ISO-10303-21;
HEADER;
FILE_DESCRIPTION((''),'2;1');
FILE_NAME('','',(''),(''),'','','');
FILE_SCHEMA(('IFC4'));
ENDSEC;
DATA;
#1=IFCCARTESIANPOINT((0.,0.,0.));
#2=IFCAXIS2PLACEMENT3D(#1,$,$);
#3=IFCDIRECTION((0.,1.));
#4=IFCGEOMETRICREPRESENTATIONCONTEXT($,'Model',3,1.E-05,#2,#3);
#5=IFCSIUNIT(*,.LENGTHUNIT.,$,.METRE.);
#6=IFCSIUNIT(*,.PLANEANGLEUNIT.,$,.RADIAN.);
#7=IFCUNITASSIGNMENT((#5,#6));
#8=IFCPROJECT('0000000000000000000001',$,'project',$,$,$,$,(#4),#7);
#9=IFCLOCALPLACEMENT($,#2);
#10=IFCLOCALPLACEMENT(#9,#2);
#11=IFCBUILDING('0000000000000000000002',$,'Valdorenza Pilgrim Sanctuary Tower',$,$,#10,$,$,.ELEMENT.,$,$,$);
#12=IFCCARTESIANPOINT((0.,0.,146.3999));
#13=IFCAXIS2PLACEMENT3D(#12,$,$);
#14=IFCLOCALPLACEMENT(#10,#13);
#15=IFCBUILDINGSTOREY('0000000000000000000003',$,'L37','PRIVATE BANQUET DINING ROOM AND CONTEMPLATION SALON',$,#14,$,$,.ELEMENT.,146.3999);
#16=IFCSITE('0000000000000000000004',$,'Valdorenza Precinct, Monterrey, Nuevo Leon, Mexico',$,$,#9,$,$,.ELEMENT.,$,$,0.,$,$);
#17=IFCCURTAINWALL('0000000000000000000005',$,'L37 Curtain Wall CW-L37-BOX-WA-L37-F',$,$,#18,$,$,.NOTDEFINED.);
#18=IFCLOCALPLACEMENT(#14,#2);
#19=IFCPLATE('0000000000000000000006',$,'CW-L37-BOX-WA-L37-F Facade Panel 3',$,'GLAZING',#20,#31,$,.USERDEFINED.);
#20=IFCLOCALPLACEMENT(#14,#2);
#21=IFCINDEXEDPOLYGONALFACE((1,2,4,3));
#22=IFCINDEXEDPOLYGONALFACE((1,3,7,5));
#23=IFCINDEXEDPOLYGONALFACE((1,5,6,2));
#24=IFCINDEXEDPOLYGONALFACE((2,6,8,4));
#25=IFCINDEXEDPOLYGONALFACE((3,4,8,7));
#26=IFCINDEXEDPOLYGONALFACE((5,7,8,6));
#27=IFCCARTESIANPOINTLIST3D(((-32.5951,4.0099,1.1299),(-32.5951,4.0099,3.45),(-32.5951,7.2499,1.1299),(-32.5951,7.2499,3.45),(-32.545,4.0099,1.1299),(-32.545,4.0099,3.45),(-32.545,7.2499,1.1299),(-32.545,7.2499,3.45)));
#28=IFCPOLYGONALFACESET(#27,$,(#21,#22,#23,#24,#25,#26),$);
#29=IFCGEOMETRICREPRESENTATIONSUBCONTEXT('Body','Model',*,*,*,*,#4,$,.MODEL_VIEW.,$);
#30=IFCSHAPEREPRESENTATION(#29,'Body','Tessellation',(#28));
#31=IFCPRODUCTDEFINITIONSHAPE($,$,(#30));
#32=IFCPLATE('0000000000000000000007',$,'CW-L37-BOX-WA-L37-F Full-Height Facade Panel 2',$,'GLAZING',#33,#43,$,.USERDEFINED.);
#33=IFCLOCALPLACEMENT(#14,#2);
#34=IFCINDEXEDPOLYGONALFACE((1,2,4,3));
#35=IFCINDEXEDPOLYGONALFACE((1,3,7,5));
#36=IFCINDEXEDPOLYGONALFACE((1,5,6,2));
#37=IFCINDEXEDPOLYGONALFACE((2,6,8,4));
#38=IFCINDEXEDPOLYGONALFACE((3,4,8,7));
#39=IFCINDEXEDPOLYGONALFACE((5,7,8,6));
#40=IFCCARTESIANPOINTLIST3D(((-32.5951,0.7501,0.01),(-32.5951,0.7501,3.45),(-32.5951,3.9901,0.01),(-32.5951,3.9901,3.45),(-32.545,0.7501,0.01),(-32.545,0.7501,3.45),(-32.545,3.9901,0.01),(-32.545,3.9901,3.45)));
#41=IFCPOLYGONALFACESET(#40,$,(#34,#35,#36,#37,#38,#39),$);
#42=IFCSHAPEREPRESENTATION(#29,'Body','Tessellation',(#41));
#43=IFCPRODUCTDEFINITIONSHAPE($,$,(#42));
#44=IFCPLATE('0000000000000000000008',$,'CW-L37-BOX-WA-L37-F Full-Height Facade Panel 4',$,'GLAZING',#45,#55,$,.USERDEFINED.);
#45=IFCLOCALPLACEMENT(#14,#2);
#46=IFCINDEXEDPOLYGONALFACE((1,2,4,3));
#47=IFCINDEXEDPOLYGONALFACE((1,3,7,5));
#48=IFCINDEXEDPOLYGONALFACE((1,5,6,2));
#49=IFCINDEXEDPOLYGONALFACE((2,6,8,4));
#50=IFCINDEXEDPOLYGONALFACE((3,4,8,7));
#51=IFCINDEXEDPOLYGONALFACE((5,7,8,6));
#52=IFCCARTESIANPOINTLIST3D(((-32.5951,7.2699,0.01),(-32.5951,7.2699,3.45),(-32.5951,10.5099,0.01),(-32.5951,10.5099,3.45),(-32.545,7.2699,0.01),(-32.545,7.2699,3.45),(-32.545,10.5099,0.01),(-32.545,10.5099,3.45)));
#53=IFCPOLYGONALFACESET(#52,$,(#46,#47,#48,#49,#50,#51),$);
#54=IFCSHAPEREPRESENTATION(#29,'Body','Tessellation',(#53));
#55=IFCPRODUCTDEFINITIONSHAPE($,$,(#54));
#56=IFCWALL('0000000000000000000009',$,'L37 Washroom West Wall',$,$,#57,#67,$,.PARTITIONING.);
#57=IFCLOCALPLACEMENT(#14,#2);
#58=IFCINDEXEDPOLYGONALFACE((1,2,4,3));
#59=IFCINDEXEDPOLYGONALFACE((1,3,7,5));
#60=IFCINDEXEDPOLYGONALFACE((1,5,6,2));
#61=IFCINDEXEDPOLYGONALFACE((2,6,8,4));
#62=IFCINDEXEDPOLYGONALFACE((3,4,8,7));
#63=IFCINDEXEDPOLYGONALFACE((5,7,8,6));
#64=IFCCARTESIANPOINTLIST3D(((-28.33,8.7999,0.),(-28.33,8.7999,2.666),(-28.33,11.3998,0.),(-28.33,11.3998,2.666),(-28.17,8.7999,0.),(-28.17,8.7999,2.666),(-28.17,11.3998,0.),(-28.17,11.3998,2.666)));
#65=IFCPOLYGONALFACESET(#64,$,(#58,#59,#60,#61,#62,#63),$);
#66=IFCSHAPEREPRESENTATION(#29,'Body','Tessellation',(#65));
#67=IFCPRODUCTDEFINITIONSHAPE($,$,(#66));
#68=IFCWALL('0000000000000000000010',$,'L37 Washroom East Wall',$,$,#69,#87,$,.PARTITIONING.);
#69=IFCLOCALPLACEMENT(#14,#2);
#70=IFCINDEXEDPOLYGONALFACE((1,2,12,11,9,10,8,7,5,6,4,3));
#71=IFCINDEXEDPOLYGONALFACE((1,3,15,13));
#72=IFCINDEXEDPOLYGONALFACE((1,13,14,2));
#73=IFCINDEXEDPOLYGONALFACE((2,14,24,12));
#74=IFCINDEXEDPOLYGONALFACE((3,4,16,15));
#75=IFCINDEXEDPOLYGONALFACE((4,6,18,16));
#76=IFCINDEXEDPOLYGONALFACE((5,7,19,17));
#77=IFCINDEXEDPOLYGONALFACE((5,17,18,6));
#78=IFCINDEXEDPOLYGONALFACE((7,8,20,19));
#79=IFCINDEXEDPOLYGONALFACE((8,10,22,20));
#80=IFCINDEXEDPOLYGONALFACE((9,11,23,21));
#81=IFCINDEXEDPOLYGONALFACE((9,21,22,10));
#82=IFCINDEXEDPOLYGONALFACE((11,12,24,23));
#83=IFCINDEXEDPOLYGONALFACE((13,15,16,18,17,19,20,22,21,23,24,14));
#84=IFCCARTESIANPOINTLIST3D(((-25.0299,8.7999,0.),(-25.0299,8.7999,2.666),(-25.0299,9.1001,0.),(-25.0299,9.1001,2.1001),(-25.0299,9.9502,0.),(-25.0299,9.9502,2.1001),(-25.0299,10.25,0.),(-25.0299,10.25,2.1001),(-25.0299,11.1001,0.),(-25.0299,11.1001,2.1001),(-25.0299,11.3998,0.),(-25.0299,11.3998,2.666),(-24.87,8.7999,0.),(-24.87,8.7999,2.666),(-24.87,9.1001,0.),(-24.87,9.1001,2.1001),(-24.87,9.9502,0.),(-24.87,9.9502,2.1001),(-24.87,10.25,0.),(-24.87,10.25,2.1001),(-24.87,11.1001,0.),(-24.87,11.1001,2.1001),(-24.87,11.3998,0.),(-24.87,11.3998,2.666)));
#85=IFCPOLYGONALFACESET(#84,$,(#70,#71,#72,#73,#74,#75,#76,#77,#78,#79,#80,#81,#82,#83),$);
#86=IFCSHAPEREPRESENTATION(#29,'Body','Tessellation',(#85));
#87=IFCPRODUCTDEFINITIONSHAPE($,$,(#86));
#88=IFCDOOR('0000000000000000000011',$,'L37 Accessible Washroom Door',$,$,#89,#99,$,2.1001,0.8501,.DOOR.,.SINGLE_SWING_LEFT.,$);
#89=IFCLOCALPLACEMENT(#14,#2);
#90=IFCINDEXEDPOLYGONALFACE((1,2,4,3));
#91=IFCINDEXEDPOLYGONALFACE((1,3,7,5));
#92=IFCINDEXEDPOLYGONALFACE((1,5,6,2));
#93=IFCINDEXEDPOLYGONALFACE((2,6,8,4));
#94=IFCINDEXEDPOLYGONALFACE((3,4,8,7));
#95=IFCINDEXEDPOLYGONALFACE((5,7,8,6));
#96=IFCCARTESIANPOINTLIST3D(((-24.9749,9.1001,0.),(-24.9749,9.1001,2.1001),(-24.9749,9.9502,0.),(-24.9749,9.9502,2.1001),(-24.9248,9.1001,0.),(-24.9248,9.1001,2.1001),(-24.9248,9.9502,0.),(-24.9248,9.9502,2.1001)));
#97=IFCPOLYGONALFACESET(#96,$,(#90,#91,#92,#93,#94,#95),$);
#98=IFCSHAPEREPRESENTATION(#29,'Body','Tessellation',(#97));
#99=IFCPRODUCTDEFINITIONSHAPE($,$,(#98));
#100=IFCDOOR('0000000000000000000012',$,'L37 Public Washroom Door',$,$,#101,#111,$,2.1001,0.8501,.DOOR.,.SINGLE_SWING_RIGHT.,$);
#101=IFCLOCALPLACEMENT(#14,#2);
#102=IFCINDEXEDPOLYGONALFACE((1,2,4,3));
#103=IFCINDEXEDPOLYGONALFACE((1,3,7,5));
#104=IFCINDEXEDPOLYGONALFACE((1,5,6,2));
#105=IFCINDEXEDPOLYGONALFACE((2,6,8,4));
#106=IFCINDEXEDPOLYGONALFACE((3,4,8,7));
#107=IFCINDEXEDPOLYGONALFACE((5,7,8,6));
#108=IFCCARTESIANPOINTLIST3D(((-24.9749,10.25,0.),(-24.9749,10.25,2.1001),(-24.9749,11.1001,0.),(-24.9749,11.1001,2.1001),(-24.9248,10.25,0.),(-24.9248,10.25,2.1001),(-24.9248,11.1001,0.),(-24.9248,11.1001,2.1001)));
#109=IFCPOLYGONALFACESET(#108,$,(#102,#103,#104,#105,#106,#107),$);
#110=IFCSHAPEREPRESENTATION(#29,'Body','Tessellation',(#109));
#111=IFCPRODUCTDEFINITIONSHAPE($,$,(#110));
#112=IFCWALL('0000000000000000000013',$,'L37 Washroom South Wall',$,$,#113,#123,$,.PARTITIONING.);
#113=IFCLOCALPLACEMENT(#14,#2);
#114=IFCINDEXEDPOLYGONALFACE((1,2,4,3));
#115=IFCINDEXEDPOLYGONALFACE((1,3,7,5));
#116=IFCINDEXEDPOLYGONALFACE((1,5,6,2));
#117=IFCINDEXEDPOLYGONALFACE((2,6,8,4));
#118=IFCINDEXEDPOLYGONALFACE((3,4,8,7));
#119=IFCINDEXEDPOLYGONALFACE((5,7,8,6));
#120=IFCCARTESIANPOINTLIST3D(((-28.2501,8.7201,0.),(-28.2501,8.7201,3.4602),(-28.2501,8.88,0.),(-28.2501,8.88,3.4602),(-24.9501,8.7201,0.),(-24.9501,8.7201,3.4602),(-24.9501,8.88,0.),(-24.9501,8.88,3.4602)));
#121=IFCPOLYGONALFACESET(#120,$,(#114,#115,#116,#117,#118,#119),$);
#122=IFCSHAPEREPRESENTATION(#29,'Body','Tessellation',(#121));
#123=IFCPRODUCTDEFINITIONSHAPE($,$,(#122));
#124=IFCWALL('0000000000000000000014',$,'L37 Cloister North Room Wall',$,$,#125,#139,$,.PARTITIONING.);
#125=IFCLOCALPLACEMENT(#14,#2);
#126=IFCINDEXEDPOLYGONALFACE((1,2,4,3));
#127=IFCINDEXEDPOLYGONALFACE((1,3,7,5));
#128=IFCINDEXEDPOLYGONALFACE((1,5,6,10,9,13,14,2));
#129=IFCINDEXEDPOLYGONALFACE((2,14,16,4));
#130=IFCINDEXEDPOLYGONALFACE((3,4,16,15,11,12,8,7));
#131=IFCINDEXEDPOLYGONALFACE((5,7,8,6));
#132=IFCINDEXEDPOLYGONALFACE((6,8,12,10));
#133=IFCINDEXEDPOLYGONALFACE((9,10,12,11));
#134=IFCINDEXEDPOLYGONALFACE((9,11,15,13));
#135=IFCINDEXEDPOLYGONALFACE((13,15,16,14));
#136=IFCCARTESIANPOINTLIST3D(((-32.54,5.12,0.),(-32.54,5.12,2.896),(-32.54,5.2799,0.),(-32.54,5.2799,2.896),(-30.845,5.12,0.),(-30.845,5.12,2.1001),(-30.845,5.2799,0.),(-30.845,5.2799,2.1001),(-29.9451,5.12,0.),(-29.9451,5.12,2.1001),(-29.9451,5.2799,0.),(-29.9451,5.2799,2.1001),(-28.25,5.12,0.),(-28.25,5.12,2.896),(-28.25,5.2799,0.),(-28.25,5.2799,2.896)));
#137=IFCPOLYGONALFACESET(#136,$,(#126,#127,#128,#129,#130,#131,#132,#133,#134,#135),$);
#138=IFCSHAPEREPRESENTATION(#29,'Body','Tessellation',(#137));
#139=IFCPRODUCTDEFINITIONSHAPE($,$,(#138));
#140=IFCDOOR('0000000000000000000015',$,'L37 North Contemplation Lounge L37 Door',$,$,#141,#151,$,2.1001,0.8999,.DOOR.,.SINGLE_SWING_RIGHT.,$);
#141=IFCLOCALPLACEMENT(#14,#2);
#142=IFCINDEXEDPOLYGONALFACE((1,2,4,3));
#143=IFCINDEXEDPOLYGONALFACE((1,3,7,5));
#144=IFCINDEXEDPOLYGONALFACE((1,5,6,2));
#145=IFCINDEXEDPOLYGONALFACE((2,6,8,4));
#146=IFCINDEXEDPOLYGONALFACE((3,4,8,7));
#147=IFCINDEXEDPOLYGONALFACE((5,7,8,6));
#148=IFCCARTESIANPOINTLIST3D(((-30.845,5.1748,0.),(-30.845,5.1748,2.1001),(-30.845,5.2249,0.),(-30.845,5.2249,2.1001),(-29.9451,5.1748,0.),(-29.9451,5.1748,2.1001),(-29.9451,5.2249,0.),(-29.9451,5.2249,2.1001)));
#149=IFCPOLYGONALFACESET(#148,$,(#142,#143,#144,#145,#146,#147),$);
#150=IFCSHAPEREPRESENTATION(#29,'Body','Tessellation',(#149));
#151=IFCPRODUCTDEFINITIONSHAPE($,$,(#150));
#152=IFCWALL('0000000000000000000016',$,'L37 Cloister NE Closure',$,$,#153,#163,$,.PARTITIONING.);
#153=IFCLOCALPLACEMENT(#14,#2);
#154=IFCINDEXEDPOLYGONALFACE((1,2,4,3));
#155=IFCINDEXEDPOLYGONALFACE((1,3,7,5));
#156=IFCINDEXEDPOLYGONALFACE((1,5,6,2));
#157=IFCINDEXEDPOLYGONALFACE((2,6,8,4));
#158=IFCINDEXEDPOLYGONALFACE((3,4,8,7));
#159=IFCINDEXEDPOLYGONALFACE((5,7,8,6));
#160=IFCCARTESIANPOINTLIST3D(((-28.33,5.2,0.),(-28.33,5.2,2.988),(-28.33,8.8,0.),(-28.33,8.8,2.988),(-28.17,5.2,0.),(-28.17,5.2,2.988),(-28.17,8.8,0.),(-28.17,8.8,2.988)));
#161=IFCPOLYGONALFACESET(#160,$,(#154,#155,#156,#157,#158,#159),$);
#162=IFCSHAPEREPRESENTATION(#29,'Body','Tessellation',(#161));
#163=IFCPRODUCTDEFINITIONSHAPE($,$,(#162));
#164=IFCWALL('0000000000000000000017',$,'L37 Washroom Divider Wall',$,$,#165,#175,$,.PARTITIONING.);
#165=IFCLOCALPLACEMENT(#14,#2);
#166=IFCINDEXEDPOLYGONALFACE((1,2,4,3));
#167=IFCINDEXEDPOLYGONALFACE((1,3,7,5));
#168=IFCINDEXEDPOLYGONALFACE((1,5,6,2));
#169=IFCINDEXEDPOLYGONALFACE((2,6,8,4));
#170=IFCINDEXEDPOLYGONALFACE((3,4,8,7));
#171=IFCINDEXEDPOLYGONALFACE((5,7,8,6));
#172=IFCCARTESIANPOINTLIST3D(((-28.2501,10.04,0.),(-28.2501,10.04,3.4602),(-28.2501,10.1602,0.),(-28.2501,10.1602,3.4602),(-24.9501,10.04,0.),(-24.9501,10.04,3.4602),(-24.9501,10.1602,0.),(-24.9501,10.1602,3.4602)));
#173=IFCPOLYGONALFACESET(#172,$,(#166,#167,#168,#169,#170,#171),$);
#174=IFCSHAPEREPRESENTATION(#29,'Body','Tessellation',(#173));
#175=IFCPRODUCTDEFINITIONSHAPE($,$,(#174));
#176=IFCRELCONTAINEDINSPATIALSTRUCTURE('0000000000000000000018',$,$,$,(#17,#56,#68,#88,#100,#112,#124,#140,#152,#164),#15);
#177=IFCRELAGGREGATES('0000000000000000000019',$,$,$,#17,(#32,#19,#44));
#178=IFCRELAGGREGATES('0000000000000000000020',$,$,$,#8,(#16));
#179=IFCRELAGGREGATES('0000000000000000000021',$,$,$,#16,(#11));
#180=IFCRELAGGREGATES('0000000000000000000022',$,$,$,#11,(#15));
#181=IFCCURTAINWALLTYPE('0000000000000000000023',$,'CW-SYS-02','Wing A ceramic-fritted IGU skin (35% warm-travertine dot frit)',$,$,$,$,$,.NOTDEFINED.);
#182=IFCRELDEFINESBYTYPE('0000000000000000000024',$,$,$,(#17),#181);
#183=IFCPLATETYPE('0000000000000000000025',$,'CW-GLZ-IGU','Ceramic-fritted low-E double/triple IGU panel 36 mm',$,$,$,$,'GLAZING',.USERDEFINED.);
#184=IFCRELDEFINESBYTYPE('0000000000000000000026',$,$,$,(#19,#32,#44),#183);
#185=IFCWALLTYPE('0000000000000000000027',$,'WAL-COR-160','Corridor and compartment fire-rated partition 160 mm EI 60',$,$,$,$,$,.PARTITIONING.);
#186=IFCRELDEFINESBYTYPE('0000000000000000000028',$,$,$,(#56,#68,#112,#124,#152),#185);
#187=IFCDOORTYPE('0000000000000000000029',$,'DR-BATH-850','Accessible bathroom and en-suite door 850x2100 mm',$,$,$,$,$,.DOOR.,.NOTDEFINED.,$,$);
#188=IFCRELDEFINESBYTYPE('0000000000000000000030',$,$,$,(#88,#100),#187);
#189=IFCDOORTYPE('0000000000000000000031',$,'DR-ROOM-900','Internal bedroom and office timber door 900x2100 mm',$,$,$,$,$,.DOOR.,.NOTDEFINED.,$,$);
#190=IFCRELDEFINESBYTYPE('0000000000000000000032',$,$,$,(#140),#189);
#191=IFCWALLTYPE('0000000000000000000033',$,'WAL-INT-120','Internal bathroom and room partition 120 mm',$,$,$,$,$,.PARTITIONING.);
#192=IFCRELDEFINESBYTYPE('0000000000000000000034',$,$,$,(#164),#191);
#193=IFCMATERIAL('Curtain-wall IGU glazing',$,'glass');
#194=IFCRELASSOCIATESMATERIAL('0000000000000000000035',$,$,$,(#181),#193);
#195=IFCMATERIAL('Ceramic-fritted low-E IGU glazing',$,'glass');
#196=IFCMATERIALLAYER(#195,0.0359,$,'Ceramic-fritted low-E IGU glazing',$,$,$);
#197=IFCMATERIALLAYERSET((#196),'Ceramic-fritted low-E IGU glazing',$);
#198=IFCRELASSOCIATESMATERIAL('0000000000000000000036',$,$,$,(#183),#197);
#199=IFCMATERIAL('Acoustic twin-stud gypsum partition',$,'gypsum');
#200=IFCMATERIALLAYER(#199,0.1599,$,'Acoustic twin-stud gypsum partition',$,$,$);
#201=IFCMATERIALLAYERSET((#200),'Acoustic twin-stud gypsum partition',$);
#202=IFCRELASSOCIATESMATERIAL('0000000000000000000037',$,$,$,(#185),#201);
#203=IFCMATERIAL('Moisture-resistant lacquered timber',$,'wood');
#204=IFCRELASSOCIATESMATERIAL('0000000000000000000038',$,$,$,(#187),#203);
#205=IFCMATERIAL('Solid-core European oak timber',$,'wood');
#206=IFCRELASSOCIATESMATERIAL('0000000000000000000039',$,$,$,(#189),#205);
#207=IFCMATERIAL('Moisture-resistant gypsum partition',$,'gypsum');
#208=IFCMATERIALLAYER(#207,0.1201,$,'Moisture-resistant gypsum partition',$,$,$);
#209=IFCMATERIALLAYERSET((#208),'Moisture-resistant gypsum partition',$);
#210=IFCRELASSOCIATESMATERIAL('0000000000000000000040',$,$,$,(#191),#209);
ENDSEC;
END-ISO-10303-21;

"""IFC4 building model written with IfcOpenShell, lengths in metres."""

from ifc_helpers import new_model, si_unit, direction, frame, frame_2d, origin, origin_2d, place, context, subcontext, project, spatial, rectangle, extrude, source, transform, mapped, material, layer, layer_set, type_object, element, fill, aggregate, save


model = new_model("IFC4")

# Units and contexts
model_context = context("Model", 3, precision=1e-05, world=origin(), true_north=direction((0.0, 1.0)))
body_context = subcontext(model_context, "Body", "Model", "MODEL_VIEW")
ifc_project = project(units=[si_unit("LENGTHUNIT", "METRE"), si_unit("PLANEANGLEUNIT", "RADIAN")], contexts=[model_context])

# Site, building, storey
site_placement = place(None, origin())
site = spatial("IfcSite", under=ifc_project, at=site_placement, Name="Valdorenza Precinct, Monterrey, Nuevo Leon, Mexico", CompositionType="ELEMENT", RefElevation=0.0)
building_placement = place(site_placement, origin())
building = spatial("IfcBuilding", under=site, at=building_placement, Name="Valdorenza Pilgrim Sanctuary Tower", CompositionType="ELEMENT")
storey_placement = place(building_placement, frame((0.0, 0.0, 146.3999)))
storey = spatial("IfcBuildingStorey", under=building, at=storey_placement, Name="L37", Description="PRIVATE BANQUET DINING ROOM AND CONTEMPLATION SALON", CompositionType="ELEMENT", Elevation=146.3999)

# Shared definitions
ifc_material_1 = material(Name="Curtain-wall IGU glazing", Category="glass")
curtain_wall_type = type_object("IfcCurtainWallType", Name="CW-SYS-02", Description="Wing A ceramic-fritted IGU skin (35% warm-travertine dot frit)", PredefinedType="NOTDEFINED", material=ifc_material_1)

# Curtain wall
curtain_wall_1_placement = place(storey_placement, origin())
curtain_wall_1 = element("IfcCurtainWall", 1, at=curtain_wall_1_placement, inside=storey, type_object=curtain_wall_type, Name="L37 Curtain Wall CW-L37-BOX-WA-L37-F", PredefinedType="NOTDEFINED")

# Plates
ifc_material_2 = material(Name="Ceramic-fritted low-E IGU glazing", Category="glass")
ifc_layer_1 = layer(ifc_material_2, 0.0359, Name="Ceramic-fritted low-E IGU glazing")
ifc_layer_set_1 = layer_set([ifc_layer_1], Name="Ceramic-fritted low-E IGU glazing")
plate_type_1 = type_object("IfcPlateType", Name="CW-GLZ-IGU", Description="Ceramic-fritted low-E double/triple IGU panel 36 mm", ElementType="GLAZING", PredefinedType="USERDEFINED", material=ifc_layer_set_1)
shared_shape_1 = source(origin(), body_context, "Body", "SweptSolid", [
    extrude(rectangle(XDim=3.24, YDim=0.05, at=origin_2d()), origin(), (0.0, 0.0, 1.0), 2.3201),
])
plate_1_placement = place(storey_placement, frame((-32.5701, 5.6299, 1.1299), z_axis=(0.0, 0.0, 1.0), x_axis=(0.0, 1.0, 0.0)))
plate_1 = element("IfcPlate", 2, at=plate_1_placement, type_object=plate_type_1, Name="CW-L37-BOX-WA-L37-F Facade Panel 3", ObjectType="GLAZING", PredefinedType="USERDEFINED", context=body_context, shape_type="MappedRepresentation", body=[
    mapped(shared_shape_1, transform((0.0, 0.0, 0.0), x_axis=(1.0, 0.0, 0.0), y_axis=(0.0, 1.0, 0.0), z_axis=(0.0, 0.0, 1.0), scale=1.0)),
])
shared_shape_2 = source(origin(), body_context, "Body", "SweptSolid", [
    extrude(rectangle(XDim=3.24, YDim=0.05, at=origin_2d()), origin(), (0.0, 0.0, 1.0), 3.4399),
])
plate_2_placement = place(storey_placement, frame((-32.5701, 2.3701, 0.01), z_axis=(0.0, 0.0, 1.0), x_axis=(0.0, 1.0, 0.0)))
plate_2 = element("IfcPlate", 3, at=plate_2_placement, type_object=plate_type_1, Name="CW-L37-BOX-WA-L37-F Full-Height Facade Panel 2", ObjectType="GLAZING", PredefinedType="USERDEFINED", context=body_context, shape_type="MappedRepresentation", body=[
    mapped(shared_shape_2, transform((0.0, 0.0, 0.0), x_axis=(1.0, 0.0, 0.0), y_axis=(0.0, 1.0, 0.0), z_axis=(0.0, 0.0, 1.0), scale=1.0)),
])
plate_3_placement = place(storey_placement, frame((-32.5701, 8.8899, 0.01), z_axis=(0.0, 0.0, 1.0), x_axis=(0.0, 1.0, 0.0)))
plate_3 = element("IfcPlate", 4, at=plate_3_placement, type_object=plate_type_1, Name="CW-L37-BOX-WA-L37-F Full-Height Facade Panel 4", ObjectType="GLAZING", PredefinedType="USERDEFINED", context=body_context, shape_type="MappedRepresentation", body=[
    mapped(shared_shape_2, transform((0.0, 0.0, 0.0), x_axis=(1.0, 0.0, 0.0), y_axis=(0.0, 1.0, 0.0), z_axis=(0.0, 0.0, 1.0), scale=1.0)),
])
aggregate(curtain_wall_1, [plate_2, plate_1, plate_3])

# Wall
ifc_material_3 = material(Name="Acoustic twin-stud gypsum partition", Category="gypsum")
ifc_layer_2 = layer(ifc_material_3, 0.1599, Name="Acoustic twin-stud gypsum partition")
ifc_layer_set_2 = layer_set([ifc_layer_2], Name="Acoustic twin-stud gypsum partition")
wall_type_1 = type_object("IfcWallType", Name="WAL-COR-160", Description="Corridor and compartment fire-rated partition 160 mm EI 60", PredefinedType="PARTITIONING", material=ifc_layer_set_2)
wall_1_placement = place(storey_placement, frame((-28.25, 8.8, 0.0), z_axis=(0.0, 0.0, 1.0), x_axis=(0.0, 1.0, 0.0)))
element("IfcWall", 5, at=wall_1_placement, inside=storey, type_object=wall_type_1, Name="L37 Washroom West Wall", PredefinedType="PARTITIONING", context=body_context, shape_type="SweptSolid", body=[
    extrude(rectangle(XDim=2.5999, YDim=0.1599, at=frame_2d((1.2998, 0.0))), origin(), (0.0, 0.0, 1.0), 2.666),
])

# Wall, openings, doors
wall_2_placement = place(storey_placement, frame((-24.95, 8.8, 0.0), z_axis=(0.0, 0.0, 1.0), x_axis=(0.0, 1.0, 0.0)))
wall_2 = element("IfcWall", 6, at=wall_2_placement, inside=storey, type_object=wall_type_1, Name="L37 Washroom East Wall", PredefinedType="PARTITIONING", context=body_context, shape_type="SweptSolid", body=[
    extrude(rectangle(XDim=2.5999, YDim=0.1599, at=frame_2d((1.2998, 0.0))), origin(), (0.0, 0.0, 1.0), 2.666),
])
opening_1_placement = place(wall_2_placement, frame((0.3, 0.0, 0.0)))
opening_1 = element("IfcOpeningElement", 7, at=opening_1_placement, cuts=wall_2, PredefinedType="OPENING", context=body_context, shape_type="SweptSolid", body=[
    extrude(rectangle(XDim=0.8501, YDim=2.1001, at=frame_2d((0.425, 1.05))), frame((0.0, 0.0947, 0.0), z_axis=(0.0, -1.0, 0.0), x_axis=(1.0, 0.0, 0.0)), (0.0, 0.0, 1.0), 0.1897),
])
opening_2_placement = place(wall_2_placement, frame((1.45, 0.0, 0.0)))
opening_2 = element("IfcOpeningElement", 8, at=opening_2_placement, cuts=wall_2, PredefinedType="OPENING", context=body_context, shape_type="SweptSolid", body=[
    extrude(rectangle(XDim=0.8501, YDim=2.1001, at=frame_2d((0.425, 1.05))), frame((0.0, 0.0947, 0.0), z_axis=(0.0, -1.0, 0.0), x_axis=(1.0, 0.0, 0.0)), (0.0, 0.0, 1.0), 0.1897),
])
ifc_material_4 = material(Name="Moisture-resistant lacquered timber", Category="wood")
door_type_1 = type_object("IfcDoorType", Name="DR-BATH-850", Description="Accessible bathroom and en-suite door 850x2100 mm", OperationType="NOTDEFINED", PredefinedType="DOOR", material=ifc_material_4)
door_1_placement = place(opening_1_placement, origin())
door_1 = element("IfcDoor", 9, at=door_1_placement, inside=storey, type_object=door_type_1, Name="L37 Accessible Washroom Door", OperationType="SINGLE_SWING_LEFT", OverallHeight=2.1001, OverallWidth=0.8501, PredefinedType="DOOR", context=body_context, shape_type="SweptSolid", body=[
    extrude(rectangle(XDim=0.8501, YDim=2.1001, at=frame_2d((0.425, 1.05))), frame((0.0, 0.0249, 0.0), z_axis=(0.0, -1.0, 0.0), x_axis=(1.0, 0.0, 0.0)), (0.0, 0.0, 1.0), 0.05),
])
fill(opening_1, door_1)
door_2_placement = place(opening_2_placement, origin())
door_2 = element("IfcDoor", 10, at=door_2_placement, inside=storey, type_object=door_type_1, Name="L37 Public Washroom Door", OperationType="SINGLE_SWING_RIGHT", OverallHeight=2.1001, OverallWidth=0.8501, PredefinedType="DOOR", context=body_context, shape_type="SweptSolid", body=[
    extrude(rectangle(XDim=0.8501, YDim=2.1001, at=frame_2d((0.425, 1.05))), frame((0.0, 0.0249, 0.0), z_axis=(0.0, -1.0, 0.0), x_axis=(1.0, 0.0, 0.0)), (0.0, 0.0, 1.0), 0.05),
])
fill(opening_2, door_2)

# Wall
wall_3_placement = place(storey_placement, frame((-28.25, 8.8, 0.0), z_axis=(0.0, 0.0, 1.0), x_axis=(1.0, 0.0, 0.0)))
element("IfcWall", 11, at=wall_3_placement, inside=storey, type_object=wall_type_1, Name="L37 Washroom South Wall", PredefinedType="PARTITIONING", context=body_context, shape_type="SweptSolid", body=[
    extrude(rectangle(XDim=3.3, YDim=0.1599, at=frame_2d((1.6499, 0.0))), origin(), (0.0, 0.0, 1.0), 3.4602),
])

# Wall, opening, door
wall_4_placement = place(storey_placement, frame((-32.54, 5.2, 0.0), z_axis=(0.0, 0.0, 1.0), x_axis=(1.0, 0.0, 0.0)))
wall_4 = element("IfcWall", 12, at=wall_4_placement, inside=storey, type_object=wall_type_1, Name="L37 Cloister North Room Wall", PredefinedType="PARTITIONING", context=body_context, shape_type="SweptSolid", body=[
    extrude(rectangle(XDim=4.29, YDim=0.1599, at=frame_2d((2.145, 0.0))), origin(), (0.0, 0.0, 1.0), 2.896),
])
opening_3_placement = place(wall_4_placement, frame((1.6951, 0.0, 0.0)))
opening_3 = element("IfcOpeningElement", 13, at=opening_3_placement, cuts=wall_4, PredefinedType="OPENING", context=body_context, shape_type="SweptSolid", body=[
    extrude(rectangle(XDim=0.8999, YDim=2.1001, at=frame_2d((0.45, 1.05))), frame((0.0, 0.0947, 0.0), z_axis=(0.0, -1.0, 0.0), x_axis=(1.0, 0.0, 0.0)), (0.0, 0.0, 1.0), 0.1897),
])
ifc_material_5 = material(Name="Solid-core European oak timber", Category="wood")
door_type_2 = type_object("IfcDoorType", Name="DR-ROOM-900", Description="Internal bedroom and office timber door 900x2100 mm", OperationType="NOTDEFINED", PredefinedType="DOOR", material=ifc_material_5)
door_3_placement = place(opening_3_placement, origin())
door_3 = element("IfcDoor", 14, at=door_3_placement, inside=storey, type_object=door_type_2, Name="L37 North Contemplation Lounge L37 Door", OperationType="SINGLE_SWING_RIGHT", OverallHeight=2.1001, OverallWidth=0.8999, PredefinedType="DOOR", context=body_context, shape_type="SweptSolid", body=[
    extrude(rectangle(XDim=0.8999, YDim=2.1001, at=frame_2d((0.45, 1.05))), frame((0.0, 0.0249, 0.0), z_axis=(0.0, -1.0, 0.0), x_axis=(1.0, 0.0, 0.0)), (0.0, 0.0, 1.0), 0.05),
])
fill(opening_3, door_3)

# Walls
wall_5_placement = place(storey_placement, frame((-28.25, 5.2, 0.0), z_axis=(0.0, 0.0, 1.0), x_axis=(0.0, 1.0, 0.0)))
element("IfcWall", 15, at=wall_5_placement, inside=storey, type_object=wall_type_1, Name="L37 Cloister NE Closure", PredefinedType="PARTITIONING", context=body_context, shape_type="SweptSolid", body=[
    extrude(rectangle(XDim=3.6001, YDim=0.1599, at=frame_2d((1.8, 0.0))), origin(), (0.0, 0.0, 1.0), 2.988),
])
ifc_material_6 = material(Name="Moisture-resistant gypsum partition", Category="gypsum")
ifc_layer_3 = layer(ifc_material_6, 0.1201, Name="Moisture-resistant gypsum partition")
ifc_layer_set_3 = layer_set([ifc_layer_3], Name="Moisture-resistant gypsum partition")
wall_type_2 = type_object("IfcWallType", Name="WAL-INT-120", Description="Internal bathroom and room partition 120 mm", PredefinedType="PARTITIONING", material=ifc_layer_set_3)
wall_6_placement = place(storey_placement, frame((-28.25, 10.1001, 0.0), z_axis=(0.0, 0.0, 1.0), x_axis=(1.0, 0.0, 0.0)))
element("IfcWall", 16, at=wall_6_placement, inside=storey, type_object=wall_type_2, Name="L37 Washroom Divider Wall", PredefinedType="PARTITIONING", context=body_context, shape_type="SweptSolid", body=[
    extrude(rectangle(XDim=3.3, YDim=0.1201, at=frame_2d((1.6499, 0.0))), origin(), (0.0, 0.0, 1.0), 3.4602),
])

save(model, "model.ifc")
